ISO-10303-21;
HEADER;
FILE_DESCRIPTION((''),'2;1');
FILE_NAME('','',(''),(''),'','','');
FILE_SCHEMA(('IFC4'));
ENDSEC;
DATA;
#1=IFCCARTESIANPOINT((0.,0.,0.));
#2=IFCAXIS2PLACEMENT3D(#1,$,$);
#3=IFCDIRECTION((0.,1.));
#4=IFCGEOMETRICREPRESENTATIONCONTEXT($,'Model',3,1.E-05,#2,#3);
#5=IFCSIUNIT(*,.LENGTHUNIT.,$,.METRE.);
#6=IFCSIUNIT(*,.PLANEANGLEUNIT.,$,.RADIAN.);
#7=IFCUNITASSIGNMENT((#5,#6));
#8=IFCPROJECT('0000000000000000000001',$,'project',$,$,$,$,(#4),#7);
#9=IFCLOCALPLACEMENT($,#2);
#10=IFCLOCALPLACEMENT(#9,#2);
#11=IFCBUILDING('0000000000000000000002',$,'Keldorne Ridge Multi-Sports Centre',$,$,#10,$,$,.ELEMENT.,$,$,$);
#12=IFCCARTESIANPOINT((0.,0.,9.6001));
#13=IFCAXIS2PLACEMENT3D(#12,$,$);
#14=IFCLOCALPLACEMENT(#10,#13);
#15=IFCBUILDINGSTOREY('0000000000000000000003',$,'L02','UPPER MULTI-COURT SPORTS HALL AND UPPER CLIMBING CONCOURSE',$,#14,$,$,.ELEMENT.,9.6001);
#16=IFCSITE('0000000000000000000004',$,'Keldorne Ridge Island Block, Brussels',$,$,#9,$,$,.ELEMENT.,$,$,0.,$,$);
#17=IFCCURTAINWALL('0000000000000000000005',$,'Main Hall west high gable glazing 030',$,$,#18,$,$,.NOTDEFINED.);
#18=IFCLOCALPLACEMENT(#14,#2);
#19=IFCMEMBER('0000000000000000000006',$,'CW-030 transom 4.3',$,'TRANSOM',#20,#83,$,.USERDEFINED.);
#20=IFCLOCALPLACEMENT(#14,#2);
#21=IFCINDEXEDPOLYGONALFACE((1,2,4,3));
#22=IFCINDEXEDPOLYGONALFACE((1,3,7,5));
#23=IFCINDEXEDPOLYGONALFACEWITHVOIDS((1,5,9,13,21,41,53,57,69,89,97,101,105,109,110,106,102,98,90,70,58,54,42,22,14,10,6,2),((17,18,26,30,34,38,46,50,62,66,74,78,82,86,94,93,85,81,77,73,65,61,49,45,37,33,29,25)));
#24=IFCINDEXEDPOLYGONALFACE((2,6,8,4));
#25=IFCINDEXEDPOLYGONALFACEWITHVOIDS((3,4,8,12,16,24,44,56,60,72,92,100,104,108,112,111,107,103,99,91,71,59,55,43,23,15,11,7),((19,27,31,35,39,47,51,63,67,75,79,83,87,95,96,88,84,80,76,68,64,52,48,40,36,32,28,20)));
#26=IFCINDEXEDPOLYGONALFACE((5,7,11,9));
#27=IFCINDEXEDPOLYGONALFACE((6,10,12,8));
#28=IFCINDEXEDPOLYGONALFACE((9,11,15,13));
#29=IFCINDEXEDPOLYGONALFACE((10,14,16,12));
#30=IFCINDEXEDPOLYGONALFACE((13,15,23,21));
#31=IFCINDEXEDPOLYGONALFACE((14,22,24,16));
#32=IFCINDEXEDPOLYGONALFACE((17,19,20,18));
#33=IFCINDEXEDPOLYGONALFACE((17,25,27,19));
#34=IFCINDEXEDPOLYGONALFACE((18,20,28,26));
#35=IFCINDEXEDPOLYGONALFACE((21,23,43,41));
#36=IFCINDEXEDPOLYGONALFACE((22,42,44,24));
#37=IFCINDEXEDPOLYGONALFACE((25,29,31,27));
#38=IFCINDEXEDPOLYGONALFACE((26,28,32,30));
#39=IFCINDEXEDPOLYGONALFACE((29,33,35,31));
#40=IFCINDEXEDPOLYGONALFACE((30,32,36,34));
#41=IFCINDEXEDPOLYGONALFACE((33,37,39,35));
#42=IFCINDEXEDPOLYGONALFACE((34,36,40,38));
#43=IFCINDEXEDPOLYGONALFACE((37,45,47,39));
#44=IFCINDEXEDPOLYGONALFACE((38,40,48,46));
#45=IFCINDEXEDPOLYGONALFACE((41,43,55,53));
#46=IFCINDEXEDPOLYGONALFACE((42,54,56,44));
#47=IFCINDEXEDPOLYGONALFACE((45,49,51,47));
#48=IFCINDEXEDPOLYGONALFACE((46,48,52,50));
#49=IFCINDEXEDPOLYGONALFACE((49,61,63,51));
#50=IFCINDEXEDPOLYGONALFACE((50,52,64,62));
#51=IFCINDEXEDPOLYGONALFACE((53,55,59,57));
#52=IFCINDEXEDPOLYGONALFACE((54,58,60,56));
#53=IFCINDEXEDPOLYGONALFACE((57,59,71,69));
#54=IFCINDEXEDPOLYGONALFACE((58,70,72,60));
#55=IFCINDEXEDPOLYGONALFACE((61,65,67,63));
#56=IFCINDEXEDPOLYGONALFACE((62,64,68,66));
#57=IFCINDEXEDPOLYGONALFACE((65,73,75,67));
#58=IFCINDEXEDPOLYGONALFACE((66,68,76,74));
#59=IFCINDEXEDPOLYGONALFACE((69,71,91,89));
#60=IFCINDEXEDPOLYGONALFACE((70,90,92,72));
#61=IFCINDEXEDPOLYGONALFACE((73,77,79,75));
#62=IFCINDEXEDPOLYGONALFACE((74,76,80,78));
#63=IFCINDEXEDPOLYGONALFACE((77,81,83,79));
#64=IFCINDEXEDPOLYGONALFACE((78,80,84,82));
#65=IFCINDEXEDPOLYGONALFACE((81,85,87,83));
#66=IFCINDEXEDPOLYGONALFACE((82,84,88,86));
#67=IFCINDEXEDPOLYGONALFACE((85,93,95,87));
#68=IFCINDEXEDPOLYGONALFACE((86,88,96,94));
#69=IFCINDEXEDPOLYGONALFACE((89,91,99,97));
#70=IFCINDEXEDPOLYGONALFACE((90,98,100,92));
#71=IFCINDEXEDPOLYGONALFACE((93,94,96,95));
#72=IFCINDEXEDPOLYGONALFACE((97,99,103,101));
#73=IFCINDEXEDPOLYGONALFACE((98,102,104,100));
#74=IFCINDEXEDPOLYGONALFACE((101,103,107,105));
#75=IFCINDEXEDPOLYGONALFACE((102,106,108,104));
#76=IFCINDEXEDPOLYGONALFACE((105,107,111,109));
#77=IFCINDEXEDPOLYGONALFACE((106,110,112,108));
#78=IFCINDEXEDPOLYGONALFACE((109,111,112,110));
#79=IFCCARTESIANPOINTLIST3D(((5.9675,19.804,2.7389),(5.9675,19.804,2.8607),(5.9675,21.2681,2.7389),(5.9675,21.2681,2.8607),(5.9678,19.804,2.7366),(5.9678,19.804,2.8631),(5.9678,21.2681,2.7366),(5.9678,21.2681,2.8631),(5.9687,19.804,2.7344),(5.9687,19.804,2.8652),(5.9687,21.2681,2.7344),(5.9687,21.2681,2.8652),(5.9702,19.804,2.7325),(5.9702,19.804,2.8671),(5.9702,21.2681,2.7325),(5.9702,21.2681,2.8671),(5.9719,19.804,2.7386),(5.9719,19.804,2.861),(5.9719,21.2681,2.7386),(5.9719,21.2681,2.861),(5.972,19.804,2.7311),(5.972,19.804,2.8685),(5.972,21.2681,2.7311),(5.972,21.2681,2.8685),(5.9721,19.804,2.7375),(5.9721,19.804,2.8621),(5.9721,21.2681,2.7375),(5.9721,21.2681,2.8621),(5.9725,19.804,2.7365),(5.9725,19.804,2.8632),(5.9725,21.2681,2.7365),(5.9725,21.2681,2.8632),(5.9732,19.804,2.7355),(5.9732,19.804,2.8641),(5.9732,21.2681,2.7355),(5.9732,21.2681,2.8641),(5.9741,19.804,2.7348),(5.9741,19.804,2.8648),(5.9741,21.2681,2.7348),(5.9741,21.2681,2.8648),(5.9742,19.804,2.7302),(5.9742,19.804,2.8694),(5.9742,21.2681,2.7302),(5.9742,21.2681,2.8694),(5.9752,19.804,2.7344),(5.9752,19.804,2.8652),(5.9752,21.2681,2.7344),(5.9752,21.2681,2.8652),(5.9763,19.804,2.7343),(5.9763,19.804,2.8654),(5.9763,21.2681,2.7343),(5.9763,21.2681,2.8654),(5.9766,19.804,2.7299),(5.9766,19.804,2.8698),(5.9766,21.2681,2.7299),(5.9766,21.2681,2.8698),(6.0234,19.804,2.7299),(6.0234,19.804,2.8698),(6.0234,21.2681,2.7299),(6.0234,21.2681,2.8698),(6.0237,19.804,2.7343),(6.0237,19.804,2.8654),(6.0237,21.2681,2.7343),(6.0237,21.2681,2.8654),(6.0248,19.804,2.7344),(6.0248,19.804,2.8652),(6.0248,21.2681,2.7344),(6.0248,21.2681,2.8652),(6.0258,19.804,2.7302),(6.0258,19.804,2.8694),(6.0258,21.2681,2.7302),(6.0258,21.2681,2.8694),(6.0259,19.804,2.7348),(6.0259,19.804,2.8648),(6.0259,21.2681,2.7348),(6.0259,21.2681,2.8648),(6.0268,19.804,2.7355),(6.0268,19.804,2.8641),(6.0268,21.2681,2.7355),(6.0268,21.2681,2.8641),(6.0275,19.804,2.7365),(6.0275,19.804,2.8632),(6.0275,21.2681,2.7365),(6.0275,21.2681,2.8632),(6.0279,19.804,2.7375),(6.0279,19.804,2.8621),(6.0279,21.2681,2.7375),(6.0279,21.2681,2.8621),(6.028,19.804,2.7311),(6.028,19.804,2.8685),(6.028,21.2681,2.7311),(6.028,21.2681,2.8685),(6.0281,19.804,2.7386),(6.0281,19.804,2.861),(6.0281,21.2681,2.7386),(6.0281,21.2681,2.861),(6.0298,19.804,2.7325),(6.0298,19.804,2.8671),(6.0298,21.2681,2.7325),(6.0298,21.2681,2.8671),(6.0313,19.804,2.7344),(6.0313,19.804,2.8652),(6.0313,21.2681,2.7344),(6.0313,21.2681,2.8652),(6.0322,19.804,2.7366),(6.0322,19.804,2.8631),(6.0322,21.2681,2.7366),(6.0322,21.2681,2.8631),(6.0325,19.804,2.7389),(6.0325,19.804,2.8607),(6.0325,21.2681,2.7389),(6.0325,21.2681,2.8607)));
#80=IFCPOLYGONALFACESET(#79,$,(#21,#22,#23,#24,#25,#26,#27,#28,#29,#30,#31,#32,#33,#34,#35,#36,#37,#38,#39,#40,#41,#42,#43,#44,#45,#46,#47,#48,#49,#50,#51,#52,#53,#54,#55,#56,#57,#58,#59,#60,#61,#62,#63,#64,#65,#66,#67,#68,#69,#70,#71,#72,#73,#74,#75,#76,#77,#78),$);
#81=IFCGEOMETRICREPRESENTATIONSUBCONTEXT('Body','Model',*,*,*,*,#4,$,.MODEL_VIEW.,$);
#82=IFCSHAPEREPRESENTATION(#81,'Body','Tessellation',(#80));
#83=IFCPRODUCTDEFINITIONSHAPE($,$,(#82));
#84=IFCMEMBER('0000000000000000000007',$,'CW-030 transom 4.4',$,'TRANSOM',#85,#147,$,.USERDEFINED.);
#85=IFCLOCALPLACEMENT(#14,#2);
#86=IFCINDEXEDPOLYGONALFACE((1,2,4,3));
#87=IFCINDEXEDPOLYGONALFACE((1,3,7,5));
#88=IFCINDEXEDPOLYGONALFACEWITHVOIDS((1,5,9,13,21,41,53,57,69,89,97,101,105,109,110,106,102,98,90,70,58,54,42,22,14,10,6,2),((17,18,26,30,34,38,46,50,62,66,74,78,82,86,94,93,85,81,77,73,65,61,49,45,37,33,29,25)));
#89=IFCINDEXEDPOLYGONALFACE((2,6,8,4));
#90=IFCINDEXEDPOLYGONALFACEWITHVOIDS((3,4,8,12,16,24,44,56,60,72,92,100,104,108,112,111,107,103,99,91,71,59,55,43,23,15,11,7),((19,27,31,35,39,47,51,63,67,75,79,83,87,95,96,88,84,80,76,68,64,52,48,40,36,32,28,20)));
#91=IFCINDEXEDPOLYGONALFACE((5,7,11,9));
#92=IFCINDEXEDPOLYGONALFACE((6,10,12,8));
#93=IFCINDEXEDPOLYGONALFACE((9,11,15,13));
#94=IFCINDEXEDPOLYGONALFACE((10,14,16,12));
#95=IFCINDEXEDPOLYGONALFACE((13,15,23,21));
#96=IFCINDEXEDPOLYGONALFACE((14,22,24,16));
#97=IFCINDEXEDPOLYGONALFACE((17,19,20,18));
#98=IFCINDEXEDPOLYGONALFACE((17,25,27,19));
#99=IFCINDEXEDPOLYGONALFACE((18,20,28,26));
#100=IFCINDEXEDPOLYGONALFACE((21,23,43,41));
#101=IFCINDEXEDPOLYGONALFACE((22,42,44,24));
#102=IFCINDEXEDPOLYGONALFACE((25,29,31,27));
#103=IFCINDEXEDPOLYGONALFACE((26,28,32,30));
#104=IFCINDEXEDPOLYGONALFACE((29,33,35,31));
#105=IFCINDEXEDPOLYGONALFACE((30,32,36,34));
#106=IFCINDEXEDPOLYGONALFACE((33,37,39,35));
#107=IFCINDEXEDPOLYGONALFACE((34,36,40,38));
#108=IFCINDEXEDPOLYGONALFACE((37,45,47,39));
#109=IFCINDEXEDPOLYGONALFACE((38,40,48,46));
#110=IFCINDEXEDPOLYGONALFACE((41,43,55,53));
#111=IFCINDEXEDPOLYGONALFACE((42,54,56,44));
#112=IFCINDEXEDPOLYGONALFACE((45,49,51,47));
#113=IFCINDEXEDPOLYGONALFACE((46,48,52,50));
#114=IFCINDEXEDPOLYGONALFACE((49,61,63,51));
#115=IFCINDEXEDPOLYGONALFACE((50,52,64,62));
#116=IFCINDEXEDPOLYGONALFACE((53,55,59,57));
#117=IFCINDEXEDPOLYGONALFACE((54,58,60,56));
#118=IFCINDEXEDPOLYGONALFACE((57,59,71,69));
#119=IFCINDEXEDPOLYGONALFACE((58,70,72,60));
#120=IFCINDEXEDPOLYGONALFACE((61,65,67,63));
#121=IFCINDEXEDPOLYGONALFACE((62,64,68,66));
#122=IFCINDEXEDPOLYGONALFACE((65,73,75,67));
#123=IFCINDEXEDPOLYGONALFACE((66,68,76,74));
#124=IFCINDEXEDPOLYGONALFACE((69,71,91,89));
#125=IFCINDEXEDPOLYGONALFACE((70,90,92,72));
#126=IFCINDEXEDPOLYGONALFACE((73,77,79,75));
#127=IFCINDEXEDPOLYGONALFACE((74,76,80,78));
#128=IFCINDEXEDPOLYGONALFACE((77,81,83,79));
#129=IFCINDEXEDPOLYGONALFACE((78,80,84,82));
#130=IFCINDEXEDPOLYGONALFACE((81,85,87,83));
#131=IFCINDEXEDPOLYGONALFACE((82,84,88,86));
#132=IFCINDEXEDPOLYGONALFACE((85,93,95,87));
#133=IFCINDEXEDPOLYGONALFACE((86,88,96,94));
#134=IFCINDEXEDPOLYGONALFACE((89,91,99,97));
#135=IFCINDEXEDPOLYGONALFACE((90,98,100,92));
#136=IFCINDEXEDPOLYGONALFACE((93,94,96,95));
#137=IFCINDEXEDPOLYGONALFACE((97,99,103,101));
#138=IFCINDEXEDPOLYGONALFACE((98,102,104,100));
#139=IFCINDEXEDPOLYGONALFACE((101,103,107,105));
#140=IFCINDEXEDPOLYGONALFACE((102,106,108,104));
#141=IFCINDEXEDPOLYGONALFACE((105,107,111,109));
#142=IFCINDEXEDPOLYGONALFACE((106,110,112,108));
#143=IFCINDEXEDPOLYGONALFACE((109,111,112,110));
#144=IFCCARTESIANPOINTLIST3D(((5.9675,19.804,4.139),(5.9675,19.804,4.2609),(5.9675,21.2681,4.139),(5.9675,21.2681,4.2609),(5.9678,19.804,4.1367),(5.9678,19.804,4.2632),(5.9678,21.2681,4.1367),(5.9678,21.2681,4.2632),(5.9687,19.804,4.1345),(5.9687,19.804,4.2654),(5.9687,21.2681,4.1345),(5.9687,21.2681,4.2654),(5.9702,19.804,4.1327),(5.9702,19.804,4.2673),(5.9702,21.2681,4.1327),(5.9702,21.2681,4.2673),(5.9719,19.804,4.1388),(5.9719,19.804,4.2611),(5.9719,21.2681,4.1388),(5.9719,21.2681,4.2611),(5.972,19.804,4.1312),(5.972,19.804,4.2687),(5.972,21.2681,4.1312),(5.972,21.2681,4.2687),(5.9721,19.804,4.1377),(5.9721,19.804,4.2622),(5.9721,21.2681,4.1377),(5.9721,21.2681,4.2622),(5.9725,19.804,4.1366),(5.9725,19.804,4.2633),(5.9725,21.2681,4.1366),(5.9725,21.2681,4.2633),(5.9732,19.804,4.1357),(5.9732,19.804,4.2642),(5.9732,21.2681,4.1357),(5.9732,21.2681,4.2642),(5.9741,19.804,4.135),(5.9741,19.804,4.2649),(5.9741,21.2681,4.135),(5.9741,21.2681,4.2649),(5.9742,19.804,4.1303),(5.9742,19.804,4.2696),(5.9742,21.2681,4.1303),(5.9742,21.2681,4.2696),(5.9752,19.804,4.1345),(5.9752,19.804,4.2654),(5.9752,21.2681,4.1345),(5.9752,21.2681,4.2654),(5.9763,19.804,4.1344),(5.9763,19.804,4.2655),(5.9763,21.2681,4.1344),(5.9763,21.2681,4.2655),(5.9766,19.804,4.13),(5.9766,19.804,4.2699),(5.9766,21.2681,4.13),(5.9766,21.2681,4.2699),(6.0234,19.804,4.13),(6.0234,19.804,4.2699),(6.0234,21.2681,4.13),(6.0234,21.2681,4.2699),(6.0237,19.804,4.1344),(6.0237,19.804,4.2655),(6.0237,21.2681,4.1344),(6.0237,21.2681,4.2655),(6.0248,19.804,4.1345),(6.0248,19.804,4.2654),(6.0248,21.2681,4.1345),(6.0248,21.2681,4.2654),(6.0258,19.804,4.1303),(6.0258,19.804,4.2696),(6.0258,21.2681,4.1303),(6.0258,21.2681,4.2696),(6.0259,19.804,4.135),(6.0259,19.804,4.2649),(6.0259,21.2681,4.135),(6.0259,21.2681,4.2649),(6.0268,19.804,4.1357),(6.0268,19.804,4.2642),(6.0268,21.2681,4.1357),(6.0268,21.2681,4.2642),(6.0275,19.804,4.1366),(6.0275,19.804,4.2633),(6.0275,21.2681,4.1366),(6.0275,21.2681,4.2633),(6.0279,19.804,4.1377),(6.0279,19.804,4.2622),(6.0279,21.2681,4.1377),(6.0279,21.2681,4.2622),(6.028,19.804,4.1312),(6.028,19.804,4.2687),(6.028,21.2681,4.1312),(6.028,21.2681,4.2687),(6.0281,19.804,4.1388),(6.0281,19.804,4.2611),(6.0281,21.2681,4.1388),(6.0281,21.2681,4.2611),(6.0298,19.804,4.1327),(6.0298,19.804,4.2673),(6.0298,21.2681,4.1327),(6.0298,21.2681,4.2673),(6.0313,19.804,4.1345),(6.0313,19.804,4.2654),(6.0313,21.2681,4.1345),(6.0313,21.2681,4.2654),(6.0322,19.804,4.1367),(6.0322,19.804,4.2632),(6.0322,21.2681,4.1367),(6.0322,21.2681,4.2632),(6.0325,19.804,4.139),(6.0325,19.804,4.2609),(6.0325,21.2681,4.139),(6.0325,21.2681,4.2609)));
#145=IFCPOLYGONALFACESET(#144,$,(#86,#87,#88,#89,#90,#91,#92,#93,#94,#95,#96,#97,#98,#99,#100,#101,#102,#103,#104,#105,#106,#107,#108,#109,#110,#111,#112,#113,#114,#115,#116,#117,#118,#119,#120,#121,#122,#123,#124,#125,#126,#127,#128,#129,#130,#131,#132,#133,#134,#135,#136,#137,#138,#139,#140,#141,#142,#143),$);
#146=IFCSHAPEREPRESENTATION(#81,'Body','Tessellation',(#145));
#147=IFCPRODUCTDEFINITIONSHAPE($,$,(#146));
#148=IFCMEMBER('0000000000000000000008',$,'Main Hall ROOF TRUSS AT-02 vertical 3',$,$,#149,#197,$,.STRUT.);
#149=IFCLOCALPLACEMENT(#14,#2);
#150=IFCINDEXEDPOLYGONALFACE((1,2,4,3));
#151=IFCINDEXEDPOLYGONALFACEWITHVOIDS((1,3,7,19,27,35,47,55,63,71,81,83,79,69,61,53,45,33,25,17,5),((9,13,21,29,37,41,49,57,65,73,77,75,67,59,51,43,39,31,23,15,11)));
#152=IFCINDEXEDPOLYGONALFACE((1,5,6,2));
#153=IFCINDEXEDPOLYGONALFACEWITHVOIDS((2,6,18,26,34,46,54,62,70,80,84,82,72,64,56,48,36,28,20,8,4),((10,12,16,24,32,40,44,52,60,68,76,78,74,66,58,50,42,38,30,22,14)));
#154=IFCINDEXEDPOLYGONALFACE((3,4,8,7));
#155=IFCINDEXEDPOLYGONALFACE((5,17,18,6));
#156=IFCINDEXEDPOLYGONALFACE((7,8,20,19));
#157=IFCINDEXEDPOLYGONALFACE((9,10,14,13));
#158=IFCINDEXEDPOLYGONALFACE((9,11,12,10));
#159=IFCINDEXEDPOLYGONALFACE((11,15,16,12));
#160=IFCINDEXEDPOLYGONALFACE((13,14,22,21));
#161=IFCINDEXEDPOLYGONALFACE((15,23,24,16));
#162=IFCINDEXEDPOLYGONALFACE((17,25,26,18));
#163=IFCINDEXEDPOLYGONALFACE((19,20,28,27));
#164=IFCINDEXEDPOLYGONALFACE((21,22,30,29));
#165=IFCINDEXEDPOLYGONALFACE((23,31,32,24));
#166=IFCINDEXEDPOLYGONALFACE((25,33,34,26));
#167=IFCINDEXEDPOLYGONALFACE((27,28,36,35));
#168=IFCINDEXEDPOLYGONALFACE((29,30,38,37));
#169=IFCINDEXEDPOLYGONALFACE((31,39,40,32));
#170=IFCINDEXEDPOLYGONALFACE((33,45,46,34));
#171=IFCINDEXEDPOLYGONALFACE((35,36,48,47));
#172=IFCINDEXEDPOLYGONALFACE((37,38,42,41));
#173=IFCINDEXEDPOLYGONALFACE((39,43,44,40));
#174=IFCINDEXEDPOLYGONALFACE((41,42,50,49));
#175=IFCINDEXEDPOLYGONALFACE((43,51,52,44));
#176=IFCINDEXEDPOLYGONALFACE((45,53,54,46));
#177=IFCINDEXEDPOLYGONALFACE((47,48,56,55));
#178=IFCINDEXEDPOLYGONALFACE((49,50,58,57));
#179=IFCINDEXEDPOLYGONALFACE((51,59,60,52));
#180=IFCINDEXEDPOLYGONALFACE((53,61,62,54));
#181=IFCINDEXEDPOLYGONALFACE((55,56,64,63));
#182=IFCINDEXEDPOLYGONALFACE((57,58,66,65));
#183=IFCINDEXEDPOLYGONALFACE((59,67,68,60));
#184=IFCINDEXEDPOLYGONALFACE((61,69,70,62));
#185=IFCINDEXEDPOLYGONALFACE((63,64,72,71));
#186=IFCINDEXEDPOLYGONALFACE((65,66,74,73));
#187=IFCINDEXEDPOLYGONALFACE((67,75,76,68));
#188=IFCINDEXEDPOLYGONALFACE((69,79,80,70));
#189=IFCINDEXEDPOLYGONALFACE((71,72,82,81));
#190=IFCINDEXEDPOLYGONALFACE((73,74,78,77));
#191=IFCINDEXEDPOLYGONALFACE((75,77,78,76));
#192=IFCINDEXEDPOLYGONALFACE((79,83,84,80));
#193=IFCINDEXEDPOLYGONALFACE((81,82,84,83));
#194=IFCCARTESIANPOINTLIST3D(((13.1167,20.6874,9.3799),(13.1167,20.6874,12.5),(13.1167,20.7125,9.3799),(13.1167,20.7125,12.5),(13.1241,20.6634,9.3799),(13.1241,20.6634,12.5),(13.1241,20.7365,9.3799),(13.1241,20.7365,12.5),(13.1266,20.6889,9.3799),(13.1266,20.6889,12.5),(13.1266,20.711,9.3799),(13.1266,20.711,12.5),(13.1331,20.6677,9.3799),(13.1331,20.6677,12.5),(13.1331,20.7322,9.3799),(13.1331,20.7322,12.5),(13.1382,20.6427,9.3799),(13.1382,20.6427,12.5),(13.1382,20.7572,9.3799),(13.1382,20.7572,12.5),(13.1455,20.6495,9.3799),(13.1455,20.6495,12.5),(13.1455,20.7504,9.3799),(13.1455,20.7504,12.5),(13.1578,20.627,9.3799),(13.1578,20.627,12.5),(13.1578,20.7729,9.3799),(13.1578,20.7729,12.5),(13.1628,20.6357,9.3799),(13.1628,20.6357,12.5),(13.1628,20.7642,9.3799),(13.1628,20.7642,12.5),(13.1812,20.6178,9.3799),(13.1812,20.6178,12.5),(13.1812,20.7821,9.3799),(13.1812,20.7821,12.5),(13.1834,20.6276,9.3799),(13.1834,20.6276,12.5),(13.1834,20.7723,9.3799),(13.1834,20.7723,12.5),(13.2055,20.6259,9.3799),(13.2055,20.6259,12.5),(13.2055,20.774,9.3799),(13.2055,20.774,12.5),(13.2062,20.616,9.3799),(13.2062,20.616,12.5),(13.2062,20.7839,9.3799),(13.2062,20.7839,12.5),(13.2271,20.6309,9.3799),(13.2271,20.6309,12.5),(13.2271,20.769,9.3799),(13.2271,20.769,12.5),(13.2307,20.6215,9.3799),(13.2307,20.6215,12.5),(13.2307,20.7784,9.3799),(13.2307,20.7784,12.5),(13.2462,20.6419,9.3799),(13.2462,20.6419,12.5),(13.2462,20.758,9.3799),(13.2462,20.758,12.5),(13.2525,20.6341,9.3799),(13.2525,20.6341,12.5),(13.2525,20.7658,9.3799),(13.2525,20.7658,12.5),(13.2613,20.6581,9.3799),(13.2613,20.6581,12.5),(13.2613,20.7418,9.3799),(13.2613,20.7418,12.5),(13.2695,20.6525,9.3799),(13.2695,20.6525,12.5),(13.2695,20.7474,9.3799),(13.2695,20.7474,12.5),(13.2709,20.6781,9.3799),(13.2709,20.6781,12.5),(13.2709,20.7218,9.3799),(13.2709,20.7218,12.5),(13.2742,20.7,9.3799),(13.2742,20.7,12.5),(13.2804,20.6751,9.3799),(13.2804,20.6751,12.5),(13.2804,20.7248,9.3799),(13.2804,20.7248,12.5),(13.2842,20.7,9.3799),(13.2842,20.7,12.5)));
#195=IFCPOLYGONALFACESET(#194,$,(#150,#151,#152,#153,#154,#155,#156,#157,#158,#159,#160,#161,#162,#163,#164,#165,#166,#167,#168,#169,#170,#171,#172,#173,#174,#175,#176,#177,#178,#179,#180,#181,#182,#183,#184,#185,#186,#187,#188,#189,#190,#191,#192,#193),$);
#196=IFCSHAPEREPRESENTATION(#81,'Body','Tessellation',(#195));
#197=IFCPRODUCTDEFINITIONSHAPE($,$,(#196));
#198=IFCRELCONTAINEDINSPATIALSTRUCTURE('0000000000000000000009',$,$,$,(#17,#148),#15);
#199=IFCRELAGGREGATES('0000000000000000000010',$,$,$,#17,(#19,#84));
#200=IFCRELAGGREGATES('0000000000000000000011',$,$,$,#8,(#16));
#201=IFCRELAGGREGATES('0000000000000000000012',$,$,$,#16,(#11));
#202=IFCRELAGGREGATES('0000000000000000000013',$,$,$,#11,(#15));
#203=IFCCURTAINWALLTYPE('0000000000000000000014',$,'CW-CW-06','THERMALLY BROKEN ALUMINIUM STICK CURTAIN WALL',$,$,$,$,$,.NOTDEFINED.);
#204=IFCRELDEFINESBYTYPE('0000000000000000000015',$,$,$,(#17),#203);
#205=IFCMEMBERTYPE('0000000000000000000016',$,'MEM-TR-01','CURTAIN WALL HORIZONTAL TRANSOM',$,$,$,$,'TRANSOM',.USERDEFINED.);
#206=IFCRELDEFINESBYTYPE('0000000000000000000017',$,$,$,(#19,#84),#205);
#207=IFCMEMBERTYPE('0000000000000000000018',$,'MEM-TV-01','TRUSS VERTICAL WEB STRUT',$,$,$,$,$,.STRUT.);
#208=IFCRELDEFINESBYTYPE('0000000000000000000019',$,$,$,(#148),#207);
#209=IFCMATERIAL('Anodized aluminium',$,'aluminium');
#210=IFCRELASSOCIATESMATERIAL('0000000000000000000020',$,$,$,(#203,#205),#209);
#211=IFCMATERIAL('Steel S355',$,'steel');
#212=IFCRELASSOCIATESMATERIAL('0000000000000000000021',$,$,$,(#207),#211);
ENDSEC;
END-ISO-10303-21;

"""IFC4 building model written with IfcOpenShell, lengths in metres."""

from ifc_helpers import new_model, si_unit, direction, frame, origin, origin_2d, place, context, subcontext, project, spatial, hollow_rectangle, hollow_circle, extrude, material, material_profile, profile_set, type_object, element, aggregate, save


model = new_model("IFC4")

# Units and contexts
model_context = context("Model", 3, precision=1e-05, world=origin(), true_north=direction((0.0, 1.0)))
body_context = subcontext(model_context, "Body", "Model", "MODEL_VIEW")
ifc_project = project(units=[si_unit("LENGTHUNIT", "METRE"), si_unit("PLANEANGLEUNIT", "RADIAN")], contexts=[model_context])

# Site, building, storey
site_placement = place(None, origin())
site = spatial("IfcSite", under=ifc_project, at=site_placement, Name="Keldorne Ridge Island Block, Brussels", CompositionType="ELEMENT", RefElevation=0.0)
building_placement = place(site_placement, origin())
building = spatial("IfcBuilding", under=site, at=building_placement, Name="Keldorne Ridge Multi-Sports Centre", CompositionType="ELEMENT")
storey_placement = place(building_placement, frame((0.0, 0.0, 9.6001)))
storey = spatial("IfcBuildingStorey", under=building, at=storey_placement, Name="L02", Description="UPPER MULTI-COURT SPORTS HALL AND UPPER CLIMBING CONCOURSE", CompositionType="ELEMENT", Elevation=9.6001)

# Shared definitions
ifc_material_1 = material(Name="Steel S355", Category="steel")

# Curtain wall, members
ifc_material_2 = material(Name="Anodized aluminium", Category="aluminium")
curtain_wall_type_1 = type_object("IfcCurtainWallType", Name="CW-CW-06", Description="THERMALLY BROKEN ALUMINIUM STICK CURTAIN WALL", PredefinedType="NOTDEFINED", material=ifc_material_2)
curtain_wall_1_placement = place(storey_placement, origin())
curtain_wall_1 = element("IfcCurtainWall", 1, at=curtain_wall_1_placement, inside=storey, type_object=curtain_wall_type_1, Name="Main Hall west high gable glazing 030", PredefinedType="NOTDEFINED")
ifc_material_profile_1 = material_profile(ifc_material_2, hollow_rectangle(XDim=0.0649, YDim=0.1399, WallThickness=0.0044, InnerFilletRadius=0.0044, OuterFilletRadius=0.009, at=origin_2d()), Name="ALU TRANSOM 140x65x4.5")
ifc_profile_set_1 = profile_set([ifc_material_profile_1], Name="Anodized aluminium")
member_type_1 = type_object("IfcMemberType", Name="MEM-TR-01", Description="CURTAIN WALL HORIZONTAL TRANSOM", ElementType="TRANSOM", PredefinedType="USERDEFINED", material=ifc_profile_set_1)
member_1_placement = place(storey_placement, frame((6.0, 21.2681, 2.7998), z_axis=(0.0, -1.0, 0.0), x_axis=(1.0, 0.0, 0.0)))
member_1 = element("IfcMember", 2, at=member_1_placement, type_object=member_type_1, Name="CW-030 transom 4.3", ObjectType="TRANSOM", PredefinedType="USERDEFINED", context=body_context, shape_type="SweptSolid", body=[
    extrude(hollow_rectangle(XDim=0.0649, YDim=0.1399, WallThickness=0.0044, InnerFilletRadius=0.0044, OuterFilletRadius=0.009, at=origin_2d()), origin(), (0.0, 0.0, 1.0), 1.4641),
])
member_2_placement = place(storey_placement, frame((6.0, 21.2681, 4.2), z_axis=(0.0, -1.0, 0.0), x_axis=(1.0, 0.0, 0.0)))
member_2 = element("IfcMember", 3, at=member_2_placement, type_object=member_type_1, Name="CW-030 transom 4.4", ObjectType="TRANSOM", PredefinedType="USERDEFINED", context=body_context, shape_type="SweptSolid", body=[
    extrude(hollow_rectangle(XDim=0.0649, YDim=0.1399, WallThickness=0.0044, InnerFilletRadius=0.0044, OuterFilletRadius=0.009, at=origin_2d()), origin(), (0.0, 0.0, 1.0), 1.4641),
])

# Member
ifc_material_profile_2 = material_profile(ifc_material_1, hollow_circle(Radius=0.0842, WallThickness=0.01, at=origin_2d()), Name="CHS 168.3x10")
ifc_profile_set_2 = profile_set([ifc_material_profile_2], Name="Steel S355")
member_type_2 = type_object("IfcMemberType", Name="MEM-TV-01", Description="TRUSS VERTICAL WEB STRUT", PredefinedType="STRUT", material=ifc_profile_set_2)
for number, where, z_axis, x_axis, name in (
    (4, (13.2, 20.7, 9.3799), (0.0, 0.0, 1.0), (1.0, 0.0, 0.0), "Main Hall ROOF TRUSS AT-02 vertical 3"),
):
    element("IfcMember", number, at=place(storey_placement, frame(where, z_axis=z_axis, x_axis=x_axis)), inside=storey, type_object=member_type_2, Name=name, PredefinedType="STRUT", context=body_context, shape_type="SweptSolid", body=[
        extrude(hollow_circle(Radius=0.0842, WallThickness=0.01, at=origin_2d()), origin(), (0.0, 0.0, 1.0), 3.1201),
    ])

aggregate(curtain_wall_1, [member_1, member_2])

save(model, "model.ifc")
